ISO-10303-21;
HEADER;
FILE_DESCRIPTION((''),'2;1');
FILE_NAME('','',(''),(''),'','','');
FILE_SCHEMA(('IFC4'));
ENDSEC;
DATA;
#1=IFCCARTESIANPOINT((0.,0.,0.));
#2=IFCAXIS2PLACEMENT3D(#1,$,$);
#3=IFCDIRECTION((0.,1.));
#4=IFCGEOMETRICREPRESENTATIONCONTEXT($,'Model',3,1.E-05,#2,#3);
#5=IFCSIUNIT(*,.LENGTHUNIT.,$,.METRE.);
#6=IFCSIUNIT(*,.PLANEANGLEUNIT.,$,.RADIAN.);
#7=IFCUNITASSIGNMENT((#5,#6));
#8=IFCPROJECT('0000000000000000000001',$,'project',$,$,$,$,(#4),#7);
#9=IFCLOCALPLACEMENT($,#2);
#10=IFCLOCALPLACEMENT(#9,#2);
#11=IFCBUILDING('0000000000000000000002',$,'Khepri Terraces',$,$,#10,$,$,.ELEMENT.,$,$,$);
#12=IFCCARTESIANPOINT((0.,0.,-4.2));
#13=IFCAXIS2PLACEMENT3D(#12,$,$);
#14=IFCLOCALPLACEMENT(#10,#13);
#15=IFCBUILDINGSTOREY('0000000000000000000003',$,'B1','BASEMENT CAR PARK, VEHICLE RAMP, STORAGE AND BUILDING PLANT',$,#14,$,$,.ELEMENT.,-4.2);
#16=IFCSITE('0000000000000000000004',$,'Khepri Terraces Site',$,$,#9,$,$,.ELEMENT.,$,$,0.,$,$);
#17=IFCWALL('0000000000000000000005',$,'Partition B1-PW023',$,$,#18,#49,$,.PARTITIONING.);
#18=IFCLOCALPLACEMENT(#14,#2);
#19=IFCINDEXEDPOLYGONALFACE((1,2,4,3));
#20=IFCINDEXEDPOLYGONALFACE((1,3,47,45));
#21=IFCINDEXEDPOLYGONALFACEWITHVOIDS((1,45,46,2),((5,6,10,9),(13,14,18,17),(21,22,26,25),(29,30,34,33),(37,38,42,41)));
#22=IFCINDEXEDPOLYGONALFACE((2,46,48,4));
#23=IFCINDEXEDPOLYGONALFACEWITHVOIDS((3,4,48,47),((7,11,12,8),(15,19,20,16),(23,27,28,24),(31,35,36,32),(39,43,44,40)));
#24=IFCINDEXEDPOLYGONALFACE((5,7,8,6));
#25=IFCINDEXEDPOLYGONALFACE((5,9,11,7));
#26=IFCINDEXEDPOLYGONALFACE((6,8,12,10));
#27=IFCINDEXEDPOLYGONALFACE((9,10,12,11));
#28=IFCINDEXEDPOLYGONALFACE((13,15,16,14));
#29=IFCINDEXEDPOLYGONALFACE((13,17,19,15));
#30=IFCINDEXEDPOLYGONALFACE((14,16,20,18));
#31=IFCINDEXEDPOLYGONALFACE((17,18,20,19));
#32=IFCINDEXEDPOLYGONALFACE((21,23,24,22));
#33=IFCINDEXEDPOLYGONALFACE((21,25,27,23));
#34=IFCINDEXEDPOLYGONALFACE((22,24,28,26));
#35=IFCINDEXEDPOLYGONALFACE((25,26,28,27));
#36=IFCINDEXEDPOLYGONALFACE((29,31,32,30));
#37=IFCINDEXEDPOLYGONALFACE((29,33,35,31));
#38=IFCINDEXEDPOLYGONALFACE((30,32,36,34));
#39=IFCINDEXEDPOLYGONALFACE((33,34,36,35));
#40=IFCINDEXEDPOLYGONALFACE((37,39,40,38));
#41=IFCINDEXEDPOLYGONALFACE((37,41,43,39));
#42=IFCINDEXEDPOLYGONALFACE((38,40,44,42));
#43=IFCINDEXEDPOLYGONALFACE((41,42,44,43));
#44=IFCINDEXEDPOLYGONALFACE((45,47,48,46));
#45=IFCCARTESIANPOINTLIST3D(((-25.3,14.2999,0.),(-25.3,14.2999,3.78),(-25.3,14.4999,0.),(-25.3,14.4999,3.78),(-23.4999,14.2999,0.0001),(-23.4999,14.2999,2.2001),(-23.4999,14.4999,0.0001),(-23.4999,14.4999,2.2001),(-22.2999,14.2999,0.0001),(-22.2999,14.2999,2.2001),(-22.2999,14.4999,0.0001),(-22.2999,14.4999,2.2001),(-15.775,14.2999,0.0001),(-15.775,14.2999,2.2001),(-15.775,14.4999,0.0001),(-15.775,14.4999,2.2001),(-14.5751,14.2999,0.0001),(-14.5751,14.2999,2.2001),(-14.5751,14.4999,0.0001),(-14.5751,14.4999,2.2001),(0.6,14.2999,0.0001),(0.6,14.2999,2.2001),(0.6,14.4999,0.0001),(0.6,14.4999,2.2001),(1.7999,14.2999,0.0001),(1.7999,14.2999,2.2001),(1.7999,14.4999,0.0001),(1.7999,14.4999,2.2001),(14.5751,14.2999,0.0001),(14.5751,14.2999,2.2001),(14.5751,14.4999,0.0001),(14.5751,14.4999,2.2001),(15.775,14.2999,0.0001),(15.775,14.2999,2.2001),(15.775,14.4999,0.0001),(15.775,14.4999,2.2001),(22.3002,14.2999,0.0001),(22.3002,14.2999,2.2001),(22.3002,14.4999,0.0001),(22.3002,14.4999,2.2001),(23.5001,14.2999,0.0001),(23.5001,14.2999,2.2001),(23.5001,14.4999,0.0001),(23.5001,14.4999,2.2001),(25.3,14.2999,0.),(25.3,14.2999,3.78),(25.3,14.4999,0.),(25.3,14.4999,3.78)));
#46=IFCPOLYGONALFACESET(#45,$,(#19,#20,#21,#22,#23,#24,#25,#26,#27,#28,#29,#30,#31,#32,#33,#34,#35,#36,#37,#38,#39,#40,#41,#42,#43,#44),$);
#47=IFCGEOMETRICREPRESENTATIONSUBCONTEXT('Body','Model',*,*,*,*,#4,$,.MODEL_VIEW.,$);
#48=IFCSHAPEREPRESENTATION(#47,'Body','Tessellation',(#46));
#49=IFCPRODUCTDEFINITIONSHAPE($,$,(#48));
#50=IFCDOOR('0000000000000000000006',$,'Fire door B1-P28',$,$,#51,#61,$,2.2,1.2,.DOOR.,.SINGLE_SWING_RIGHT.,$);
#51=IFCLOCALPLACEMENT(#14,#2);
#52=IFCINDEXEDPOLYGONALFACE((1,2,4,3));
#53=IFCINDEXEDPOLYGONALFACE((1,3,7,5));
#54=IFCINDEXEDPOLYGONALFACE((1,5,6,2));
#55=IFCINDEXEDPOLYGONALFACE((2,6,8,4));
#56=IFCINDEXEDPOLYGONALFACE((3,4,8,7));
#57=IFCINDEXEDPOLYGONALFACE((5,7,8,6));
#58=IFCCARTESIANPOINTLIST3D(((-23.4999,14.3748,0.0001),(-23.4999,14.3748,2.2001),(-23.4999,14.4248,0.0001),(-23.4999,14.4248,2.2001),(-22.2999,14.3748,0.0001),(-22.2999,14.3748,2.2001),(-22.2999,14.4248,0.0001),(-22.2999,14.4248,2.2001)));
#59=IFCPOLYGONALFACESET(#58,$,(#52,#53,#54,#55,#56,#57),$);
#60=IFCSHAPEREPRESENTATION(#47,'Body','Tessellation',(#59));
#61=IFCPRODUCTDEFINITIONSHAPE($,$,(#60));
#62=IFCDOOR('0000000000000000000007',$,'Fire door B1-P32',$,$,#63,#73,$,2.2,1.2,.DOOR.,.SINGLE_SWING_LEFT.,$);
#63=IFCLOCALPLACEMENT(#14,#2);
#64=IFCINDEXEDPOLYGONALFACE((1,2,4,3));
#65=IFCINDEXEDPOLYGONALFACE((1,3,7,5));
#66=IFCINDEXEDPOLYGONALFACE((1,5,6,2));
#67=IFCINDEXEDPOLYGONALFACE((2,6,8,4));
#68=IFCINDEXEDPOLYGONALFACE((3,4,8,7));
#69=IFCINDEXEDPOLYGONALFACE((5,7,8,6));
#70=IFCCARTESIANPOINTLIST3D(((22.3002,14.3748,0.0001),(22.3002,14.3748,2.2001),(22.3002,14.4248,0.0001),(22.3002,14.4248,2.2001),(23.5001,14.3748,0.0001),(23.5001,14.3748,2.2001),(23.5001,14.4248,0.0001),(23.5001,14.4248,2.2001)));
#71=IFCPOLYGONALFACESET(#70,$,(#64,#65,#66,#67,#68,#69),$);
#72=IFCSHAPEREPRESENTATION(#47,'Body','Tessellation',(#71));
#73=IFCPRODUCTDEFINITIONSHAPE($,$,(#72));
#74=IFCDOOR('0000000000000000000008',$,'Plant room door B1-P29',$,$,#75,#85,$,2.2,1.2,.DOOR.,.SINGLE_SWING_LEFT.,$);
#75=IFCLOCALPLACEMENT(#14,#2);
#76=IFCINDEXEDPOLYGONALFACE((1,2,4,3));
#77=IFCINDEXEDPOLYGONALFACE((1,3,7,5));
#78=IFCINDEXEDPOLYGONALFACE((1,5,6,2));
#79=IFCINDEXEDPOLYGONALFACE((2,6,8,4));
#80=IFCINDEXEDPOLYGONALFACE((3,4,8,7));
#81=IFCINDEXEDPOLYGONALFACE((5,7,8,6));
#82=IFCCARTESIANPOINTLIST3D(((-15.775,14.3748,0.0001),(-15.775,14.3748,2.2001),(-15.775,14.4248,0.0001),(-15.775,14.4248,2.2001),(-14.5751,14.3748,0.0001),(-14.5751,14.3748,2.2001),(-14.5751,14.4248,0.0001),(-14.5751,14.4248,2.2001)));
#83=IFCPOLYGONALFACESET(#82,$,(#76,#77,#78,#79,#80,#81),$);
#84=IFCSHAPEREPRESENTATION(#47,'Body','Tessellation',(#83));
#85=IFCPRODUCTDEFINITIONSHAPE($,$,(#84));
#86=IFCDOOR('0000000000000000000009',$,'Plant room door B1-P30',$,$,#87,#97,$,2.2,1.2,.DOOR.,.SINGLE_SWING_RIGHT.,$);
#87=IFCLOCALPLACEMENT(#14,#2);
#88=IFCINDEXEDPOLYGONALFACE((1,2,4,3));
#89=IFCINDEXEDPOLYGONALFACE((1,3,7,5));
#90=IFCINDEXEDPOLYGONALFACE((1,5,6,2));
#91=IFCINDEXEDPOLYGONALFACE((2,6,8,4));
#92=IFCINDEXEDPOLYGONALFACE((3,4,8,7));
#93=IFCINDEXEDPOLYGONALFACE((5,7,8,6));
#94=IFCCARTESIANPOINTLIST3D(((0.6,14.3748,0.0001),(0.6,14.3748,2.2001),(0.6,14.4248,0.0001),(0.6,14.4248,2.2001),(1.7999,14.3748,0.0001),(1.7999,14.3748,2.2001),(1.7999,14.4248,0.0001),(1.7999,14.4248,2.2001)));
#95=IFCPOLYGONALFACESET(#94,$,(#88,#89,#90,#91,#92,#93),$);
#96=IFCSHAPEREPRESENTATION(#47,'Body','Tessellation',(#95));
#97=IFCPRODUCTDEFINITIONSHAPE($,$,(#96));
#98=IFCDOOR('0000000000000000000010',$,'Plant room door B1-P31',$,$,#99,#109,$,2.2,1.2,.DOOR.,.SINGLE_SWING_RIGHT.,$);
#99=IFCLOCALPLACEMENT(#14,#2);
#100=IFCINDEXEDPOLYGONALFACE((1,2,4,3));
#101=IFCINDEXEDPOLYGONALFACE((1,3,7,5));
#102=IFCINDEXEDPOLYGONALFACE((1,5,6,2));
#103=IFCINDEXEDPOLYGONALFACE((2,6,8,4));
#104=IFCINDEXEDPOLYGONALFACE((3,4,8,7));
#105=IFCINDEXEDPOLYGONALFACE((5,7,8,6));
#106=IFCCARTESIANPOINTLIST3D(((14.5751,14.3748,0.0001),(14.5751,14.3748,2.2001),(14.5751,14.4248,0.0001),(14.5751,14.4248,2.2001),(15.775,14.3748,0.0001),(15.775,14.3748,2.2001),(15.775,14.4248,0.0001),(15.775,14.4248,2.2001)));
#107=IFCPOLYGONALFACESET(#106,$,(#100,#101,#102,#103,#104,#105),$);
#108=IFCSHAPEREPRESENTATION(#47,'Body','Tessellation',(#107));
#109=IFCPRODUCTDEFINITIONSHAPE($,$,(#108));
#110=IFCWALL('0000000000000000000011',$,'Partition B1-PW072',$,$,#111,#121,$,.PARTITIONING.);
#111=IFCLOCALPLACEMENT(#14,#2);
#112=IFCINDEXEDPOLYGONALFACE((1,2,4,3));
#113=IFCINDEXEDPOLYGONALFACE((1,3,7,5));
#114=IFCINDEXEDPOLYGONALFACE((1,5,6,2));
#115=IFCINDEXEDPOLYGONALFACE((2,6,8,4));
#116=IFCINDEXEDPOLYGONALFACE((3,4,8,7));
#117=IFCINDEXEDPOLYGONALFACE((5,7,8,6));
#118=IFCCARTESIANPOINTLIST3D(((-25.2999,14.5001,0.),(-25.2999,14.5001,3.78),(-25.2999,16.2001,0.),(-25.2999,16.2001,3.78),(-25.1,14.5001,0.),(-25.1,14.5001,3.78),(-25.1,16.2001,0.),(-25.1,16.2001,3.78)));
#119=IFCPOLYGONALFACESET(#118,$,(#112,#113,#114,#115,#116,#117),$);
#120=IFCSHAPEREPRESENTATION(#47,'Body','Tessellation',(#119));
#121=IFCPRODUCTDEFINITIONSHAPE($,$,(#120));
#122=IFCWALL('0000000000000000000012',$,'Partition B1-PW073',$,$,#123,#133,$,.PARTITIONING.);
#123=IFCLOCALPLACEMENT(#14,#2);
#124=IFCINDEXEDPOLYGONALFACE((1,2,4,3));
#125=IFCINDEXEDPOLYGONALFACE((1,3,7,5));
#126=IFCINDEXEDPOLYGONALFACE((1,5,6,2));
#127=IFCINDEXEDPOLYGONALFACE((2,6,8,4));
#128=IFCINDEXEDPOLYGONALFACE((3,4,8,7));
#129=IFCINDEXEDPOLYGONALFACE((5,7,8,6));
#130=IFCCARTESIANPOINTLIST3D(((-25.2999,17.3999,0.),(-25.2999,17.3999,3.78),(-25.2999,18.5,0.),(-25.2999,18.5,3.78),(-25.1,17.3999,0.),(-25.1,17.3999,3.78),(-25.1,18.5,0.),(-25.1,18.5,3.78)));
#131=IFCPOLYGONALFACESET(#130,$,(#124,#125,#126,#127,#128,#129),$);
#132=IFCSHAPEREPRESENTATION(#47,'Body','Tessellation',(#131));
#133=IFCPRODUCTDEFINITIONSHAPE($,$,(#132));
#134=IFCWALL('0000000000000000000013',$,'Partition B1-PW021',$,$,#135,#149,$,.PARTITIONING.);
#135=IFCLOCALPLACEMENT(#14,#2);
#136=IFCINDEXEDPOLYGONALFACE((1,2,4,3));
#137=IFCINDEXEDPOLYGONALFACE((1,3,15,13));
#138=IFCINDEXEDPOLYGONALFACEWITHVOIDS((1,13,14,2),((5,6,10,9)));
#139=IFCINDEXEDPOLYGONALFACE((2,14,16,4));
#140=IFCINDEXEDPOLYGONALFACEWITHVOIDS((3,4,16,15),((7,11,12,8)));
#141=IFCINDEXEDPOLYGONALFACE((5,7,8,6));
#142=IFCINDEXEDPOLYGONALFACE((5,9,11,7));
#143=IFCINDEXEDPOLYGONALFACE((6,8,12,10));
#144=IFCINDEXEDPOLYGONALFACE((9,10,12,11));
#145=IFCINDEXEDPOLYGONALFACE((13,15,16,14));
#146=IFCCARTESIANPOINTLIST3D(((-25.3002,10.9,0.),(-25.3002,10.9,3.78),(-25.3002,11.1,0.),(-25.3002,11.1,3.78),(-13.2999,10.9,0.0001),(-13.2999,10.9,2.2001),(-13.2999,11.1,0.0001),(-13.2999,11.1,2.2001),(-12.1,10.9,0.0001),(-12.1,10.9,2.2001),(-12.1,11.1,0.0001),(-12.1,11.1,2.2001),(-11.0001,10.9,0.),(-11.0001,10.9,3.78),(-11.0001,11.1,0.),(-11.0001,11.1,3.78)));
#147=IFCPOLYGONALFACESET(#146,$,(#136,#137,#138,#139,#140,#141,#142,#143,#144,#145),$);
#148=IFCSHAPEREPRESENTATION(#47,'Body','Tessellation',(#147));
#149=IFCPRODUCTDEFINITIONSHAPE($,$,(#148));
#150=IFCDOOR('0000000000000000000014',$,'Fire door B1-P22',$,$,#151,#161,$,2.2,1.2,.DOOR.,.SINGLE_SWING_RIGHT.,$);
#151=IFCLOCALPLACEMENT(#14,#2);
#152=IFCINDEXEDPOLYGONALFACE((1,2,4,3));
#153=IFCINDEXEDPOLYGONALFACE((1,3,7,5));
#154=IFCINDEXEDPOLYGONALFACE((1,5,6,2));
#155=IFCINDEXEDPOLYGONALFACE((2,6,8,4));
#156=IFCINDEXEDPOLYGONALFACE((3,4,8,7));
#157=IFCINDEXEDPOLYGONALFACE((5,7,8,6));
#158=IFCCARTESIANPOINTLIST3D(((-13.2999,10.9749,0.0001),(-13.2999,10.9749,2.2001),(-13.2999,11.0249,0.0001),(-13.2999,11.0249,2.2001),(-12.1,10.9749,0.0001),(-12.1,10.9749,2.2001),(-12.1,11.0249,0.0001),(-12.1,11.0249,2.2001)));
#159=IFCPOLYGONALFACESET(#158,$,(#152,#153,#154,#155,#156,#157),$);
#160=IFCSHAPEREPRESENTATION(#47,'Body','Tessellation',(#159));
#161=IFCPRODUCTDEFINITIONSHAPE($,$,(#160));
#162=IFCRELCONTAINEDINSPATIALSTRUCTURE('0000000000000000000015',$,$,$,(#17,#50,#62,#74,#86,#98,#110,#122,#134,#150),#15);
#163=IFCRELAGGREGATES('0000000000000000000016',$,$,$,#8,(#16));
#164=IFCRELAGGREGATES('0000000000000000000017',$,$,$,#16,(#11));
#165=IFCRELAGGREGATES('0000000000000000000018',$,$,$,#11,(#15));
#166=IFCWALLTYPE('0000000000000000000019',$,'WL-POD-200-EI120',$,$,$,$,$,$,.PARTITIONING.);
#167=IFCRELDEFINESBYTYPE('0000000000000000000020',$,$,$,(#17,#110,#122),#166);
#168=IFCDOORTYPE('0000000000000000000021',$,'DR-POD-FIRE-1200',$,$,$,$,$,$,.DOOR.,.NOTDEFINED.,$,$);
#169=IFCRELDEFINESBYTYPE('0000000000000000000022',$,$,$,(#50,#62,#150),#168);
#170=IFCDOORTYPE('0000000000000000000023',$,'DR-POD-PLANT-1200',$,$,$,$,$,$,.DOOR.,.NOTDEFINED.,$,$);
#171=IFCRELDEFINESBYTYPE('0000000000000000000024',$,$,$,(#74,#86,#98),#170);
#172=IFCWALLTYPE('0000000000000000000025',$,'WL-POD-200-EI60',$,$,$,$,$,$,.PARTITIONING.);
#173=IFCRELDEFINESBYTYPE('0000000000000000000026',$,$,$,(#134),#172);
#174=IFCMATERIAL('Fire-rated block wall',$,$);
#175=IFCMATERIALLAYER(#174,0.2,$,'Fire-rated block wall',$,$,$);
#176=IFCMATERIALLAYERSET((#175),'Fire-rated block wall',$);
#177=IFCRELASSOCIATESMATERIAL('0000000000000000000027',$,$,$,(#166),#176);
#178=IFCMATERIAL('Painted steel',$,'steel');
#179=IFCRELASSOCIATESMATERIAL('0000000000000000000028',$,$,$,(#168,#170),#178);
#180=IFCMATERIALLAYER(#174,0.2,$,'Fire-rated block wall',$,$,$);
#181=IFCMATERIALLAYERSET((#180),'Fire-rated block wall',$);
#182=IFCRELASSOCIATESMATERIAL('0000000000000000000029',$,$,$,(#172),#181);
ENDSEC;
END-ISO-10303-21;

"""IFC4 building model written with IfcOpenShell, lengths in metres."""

from ifc_helpers import new_model, si_unit, direction, frame, frame_2d, origin, place, context, subcontext, project, spatial, rectangle, extrude, material, layer, layer_set, type_object, element, fill, save


model = new_model("IFC4")

# Units and contexts
model_context = context("Model", 3, precision=1e-05, world=origin(), true_north=direction((0.0, 1.0)))
body_context = subcontext(model_context, "Body", "Model", "MODEL_VIEW")
ifc_project = project(units=[si_unit("LENGTHUNIT", "METRE"), si_unit("PLANEANGLEUNIT", "RADIAN")], contexts=[model_context])

# Site, building, storey
site_placement = place(None, origin())
site = spatial("IfcSite", under=ifc_project, at=site_placement, Name="Khepri Terraces Site", CompositionType="ELEMENT", RefElevation=0.0)
building_placement = place(site_placement, origin())
building = spatial("IfcBuilding", under=site, at=building_placement, Name="Khepri Terraces", CompositionType="ELEMENT")
storey_placement = place(building_placement, frame((0.0, 0.0, -4.2)))
storey = spatial("IfcBuildingStorey", under=building, at=storey_placement, Name="B1", Description="BASEMENT CAR PARK, VEHICLE RAMP, STORAGE AND BUILDING PLANT", CompositionType="ELEMENT", Elevation=-4.2)

# Wall, openings, doors
ifc_material_1 = material(Name="Fire-rated block wall")
ifc_layer_1 = layer(ifc_material_1, 0.2, Name="Fire-rated block wall")
ifc_layer_set_1 = layer_set([ifc_layer_1], Name="Fire-rated block wall")
wall_type_1 = type_object("IfcWallType", Name="WL-POD-200-EI120", PredefinedType="PARTITIONING", material=ifc_layer_set_1)
wall_1_placement = place(storey_placement, frame((-25.3, 14.3999, 0.0), z_axis=(0.0, 0.0, 1.0), x_axis=(1.0, 0.0, 0.0)))
wall_1 = element("IfcWall", 1, at=wall_1_placement, inside=storey, type_object=wall_type_1, Name="Partition B1-PW023", PredefinedType="PARTITIONING", context=body_context, shape_type="SweptSolid", body=[
    extrude(rectangle(XDim=50.6001, YDim=0.2, at=frame_2d((25.3, 0.0))), origin(), (0.0, 0.0, 1.0), 3.78),
])
opening_1_placement = place(wall_1_placement, frame((1.8, 0.0, 0.0)))
opening_1 = element("IfcOpeningElement", 2, at=opening_1_placement, cuts=wall_1, PredefinedType="OPENING", context=body_context, shape_type="SweptSolid", body=[
    extrude(rectangle(XDim=1.2, YDim=2.2, at=frame_2d((0.6001, 1.1001))), frame((0.0, 0.1099, 0.0), z_axis=(0.0, -1.0, 0.0), x_axis=(1.0, 0.0, 0.0)), (0.0, 0.0, 1.0), 0.22),
])
opening_2_placement = place(wall_1_placement, frame((9.5249, 0.0, 0.0)))
opening_2 = element("IfcOpeningElement", 3, at=opening_2_placement, cuts=wall_1, PredefinedType="OPENING", context=body_context, shape_type="SweptSolid", body=[
    extrude(rectangle(XDim=1.2, YDim=2.2, at=frame_2d((0.6001, 1.1001))), frame((0.0, 0.1099, 0.0), z_axis=(0.0, -1.0, 0.0), x_axis=(1.0, 0.0, 0.0)), (0.0, 0.0, 1.0), 0.22),
])
opening_3_placement = place(wall_1_placement, frame((25.8999, 0.0, 0.0)))
opening_3 = element("IfcOpeningElement", 4, at=opening_3_placement, cuts=wall_1, PredefinedType="OPENING", context=body_context, shape_type="SweptSolid", body=[
    extrude(rectangle(XDim=1.2, YDim=2.2, at=frame_2d((0.6001, 1.1001))), frame((0.0, 0.1099, 0.0), z_axis=(0.0, -1.0, 0.0), x_axis=(1.0, 0.0, 0.0)), (0.0, 0.0, 1.0), 0.22),
])
opening_4_placement = place(wall_1_placement, frame((39.875, 0.0, 0.0)))
opening_4 = element("IfcOpeningElement", 5, at=opening_4_placement, cuts=wall_1, PredefinedType="OPENING", context=body_context, shape_type="SweptSolid", body=[
    extrude(rectangle(XDim=1.2, YDim=2.2, at=frame_2d((0.6001, 1.1001))), frame((0.0, 0.1099, 0.0), z_axis=(0.0, -1.0, 0.0), x_axis=(1.0, 0.0, 0.0)), (0.0, 0.0, 1.0), 0.22),
])
opening_5_placement = place(wall_1_placement, frame((47.6001, 0.0, 0.0)))
opening_5 = element("IfcOpeningElement", 6, at=opening_5_placement, cuts=wall_1, PredefinedType="OPENING", context=body_context, shape_type="SweptSolid", body=[
    extrude(rectangle(XDim=1.2, YDim=2.2, at=frame_2d((0.6001, 1.1001))), frame((0.0, 0.1099, 0.0), z_axis=(0.0, -1.0, 0.0), x_axis=(1.0, 0.0, 0.0)), (0.0, 0.0, 1.0), 0.22),
])
ifc_material_2 = material(Name="Painted steel", Category="steel")
door_type_1 = type_object("IfcDoorType", Name="DR-POD-FIRE-1200", OperationType="NOTDEFINED", PredefinedType="DOOR", material=ifc_material_2)
door_1_placement = place(opening_1_placement, origin())
door_1 = element("IfcDoor", 7, at=door_1_placement, inside=storey, type_object=door_type_1, Name="Fire door B1-P28", OperationType="SINGLE_SWING_RIGHT", OverallHeight=2.2, OverallWidth=1.2, PredefinedType="DOOR", context=body_context, shape_type="SweptSolid", body=[
    extrude(rectangle(XDim=1.2, YDim=2.2, at=frame_2d((0.6001, 1.1001))), frame((0.0, 0.0249, 0.0), z_axis=(0.0, -1.0, 0.0), x_axis=(1.0, 0.0, 0.0)), (0.0, 0.0, 1.0), 0.05),
])
fill(opening_1, door_1)
door_2_placement = place(opening_5_placement, origin())
door_2 = element("IfcDoor", 8, at=door_2_placement, inside=storey, type_object=door_type_1, Name="Fire door B1-P32", OperationType="SINGLE_SWING_LEFT", OverallHeight=2.2, OverallWidth=1.2, PredefinedType="DOOR", context=body_context, shape_type="SweptSolid", body=[
    extrude(rectangle(XDim=1.2, YDim=2.2, at=frame_2d((0.6001, 1.1001))), frame((0.0, 0.0249, 0.0), z_axis=(0.0, -1.0, 0.0), x_axis=(1.0, 0.0, 0.0)), (0.0, 0.0, 1.0), 0.05),
])
fill(opening_5, door_2)
door_type_2 = type_object("IfcDoorType", Name="DR-POD-PLANT-1200", OperationType="NOTDEFINED", PredefinedType="DOOR", material=ifc_material_2)
door_3_placement = place(opening_2_placement, origin())
door_3 = element("IfcDoor", 9, at=door_3_placement, inside=storey, type_object=door_type_2, Name="Plant room door B1-P29", OperationType="SINGLE_SWING_LEFT", OverallHeight=2.2, OverallWidth=1.2, PredefinedType="DOOR", context=body_context, shape_type="SweptSolid", body=[
    extrude(rectangle(XDim=1.2, YDim=2.2, at=frame_2d((0.6001, 1.1001))), frame((0.0, 0.0249, 0.0), z_axis=(0.0, -1.0, 0.0), x_axis=(1.0, 0.0, 0.0)), (0.0, 0.0, 1.0), 0.05),
])
fill(opening_2, door_3)
door_4_placement = place(opening_3_placement, origin())
door_4 = element("IfcDoor", 10, at=door_4_placement, inside=storey, type_object=door_type_2, Name="Plant room door B1-P30", OperationType="SINGLE_SWING_RIGHT", OverallHeight=2.2, OverallWidth=1.2, PredefinedType="DOOR", context=body_context, shape_type="SweptSolid", body=[
    extrude(rectangle(XDim=1.2, YDim=2.2, at=frame_2d((0.6001, 1.1001))), frame((0.0, 0.0249, 0.0), z_axis=(0.0, -1.0, 0.0), x_axis=(1.0, 0.0, 0.0)), (0.0, 0.0, 1.0), 0.05),
])
fill(opening_3, door_4)
door_5_placement = place(opening_4_placement, origin())
door_5 = element("IfcDoor", 11, at=door_5_placement, inside=storey, type_object=door_type_2, Name="Plant room door B1-P31", OperationType="SINGLE_SWING_RIGHT", OverallHeight=2.2, OverallWidth=1.2, PredefinedType="DOOR", context=body_context, shape_type="SweptSolid", body=[
    extrude(rectangle(XDim=1.2, YDim=2.2, at=frame_2d((0.6001, 1.1001))), frame((0.0, 0.0249, 0.0), z_axis=(0.0, -1.0, 0.0), x_axis=(1.0, 0.0, 0.0)), (0.0, 0.0, 1.0), 0.05),
])
fill(opening_4, door_5)

# Walls
wall_2_placement = place(storey_placement, frame((-25.2, 14.5, 0.0), z_axis=(0.0, 0.0, 1.0), x_axis=(0.0, 1.0, 0.0)))
element("IfcWall", 12, at=wall_2_placement, inside=storey, type_object=wall_type_1, Name="Partition B1-PW072", PredefinedType="PARTITIONING", context=body_context, shape_type="SweptSolid", body=[
    extrude(rectangle(XDim=1.7, YDim=0.2, at=frame_2d((0.8501, 0.0))), origin(), (0.0, 0.0, 1.0), 3.78),
])
wall_3_placement = place(storey_placement, frame((-25.2, 17.3999, 0.0), z_axis=(0.0, 0.0, 1.0), x_axis=(0.0, 1.0, 0.0)))
element("IfcWall", 13, at=wall_3_placement, inside=storey, type_object=wall_type_1, Name="Partition B1-PW073", PredefinedType="PARTITIONING", context=body_context, shape_type="SweptSolid", body=[
    extrude(rectangle(XDim=1.1001, YDim=0.2, at=frame_2d((0.55, 0.0))), origin(), (0.0, 0.0, 1.0), 3.78),
])

# Wall, opening, door
ifc_layer_2 = layer(ifc_material_1, 0.2, Name="Fire-rated block wall")
ifc_layer_set_2 = layer_set([ifc_layer_2], Name="Fire-rated block wall")
wall_type_2 = type_object("IfcWallType", Name="WL-POD-200-EI60", PredefinedType="PARTITIONING", material=ifc_layer_set_2)
wall_4_placement = place(storey_placement, frame((-25.3, 11.0, 0.0), z_axis=(0.0, 0.0, 1.0), x_axis=(1.0, 0.0, 0.0)))
wall_4 = element("IfcWall", 14, at=wall_4_placement, inside=storey, type_object=wall_type_2, Name="Partition B1-PW021", PredefinedType="PARTITIONING", context=body_context, shape_type="SweptSolid", body=[
    extrude(rectangle(XDim=14.3, YDim=0.2, at=frame_2d((7.1499, 0.0))), origin(), (0.0, 0.0, 1.0), 3.78),
])
opening_6_placement = place(wall_4_placement, frame((12.0, 0.0, 0.0)))
opening_6 = element("IfcOpeningElement", 15, at=opening_6_placement, cuts=wall_4, PredefinedType="OPENING", context=body_context, shape_type="SweptSolid", body=[
    extrude(rectangle(XDim=1.2, YDim=2.2, at=frame_2d((0.6001, 1.1001))), frame((0.0, 0.1099, 0.0), z_axis=(0.0, -1.0, 0.0), x_axis=(1.0, 0.0, 0.0)), (0.0, 0.0, 1.0), 0.22),
])
door_6_placement = place(opening_6_placement, origin())
door_6 = element("IfcDoor", 16, at=door_6_placement, inside=storey, type_object=door_type_1, Name="Fire door B1-P22", OperationType="SINGLE_SWING_RIGHT", OverallHeight=2.2, OverallWidth=1.2, PredefinedType="DOOR", context=body_context, shape_type="SweptSolid", body=[
    extrude(rectangle(XDim=1.2, YDim=2.2, at=frame_2d((0.6001, 1.1001))), frame((0.0, 0.0249, 0.0), z_axis=(0.0, -1.0, 0.0), x_axis=(1.0, 0.0, 0.0)), (0.0, 0.0, 1.0), 0.05),
])
fill(opening_6, door_6)

save(model, "model.ifc")
